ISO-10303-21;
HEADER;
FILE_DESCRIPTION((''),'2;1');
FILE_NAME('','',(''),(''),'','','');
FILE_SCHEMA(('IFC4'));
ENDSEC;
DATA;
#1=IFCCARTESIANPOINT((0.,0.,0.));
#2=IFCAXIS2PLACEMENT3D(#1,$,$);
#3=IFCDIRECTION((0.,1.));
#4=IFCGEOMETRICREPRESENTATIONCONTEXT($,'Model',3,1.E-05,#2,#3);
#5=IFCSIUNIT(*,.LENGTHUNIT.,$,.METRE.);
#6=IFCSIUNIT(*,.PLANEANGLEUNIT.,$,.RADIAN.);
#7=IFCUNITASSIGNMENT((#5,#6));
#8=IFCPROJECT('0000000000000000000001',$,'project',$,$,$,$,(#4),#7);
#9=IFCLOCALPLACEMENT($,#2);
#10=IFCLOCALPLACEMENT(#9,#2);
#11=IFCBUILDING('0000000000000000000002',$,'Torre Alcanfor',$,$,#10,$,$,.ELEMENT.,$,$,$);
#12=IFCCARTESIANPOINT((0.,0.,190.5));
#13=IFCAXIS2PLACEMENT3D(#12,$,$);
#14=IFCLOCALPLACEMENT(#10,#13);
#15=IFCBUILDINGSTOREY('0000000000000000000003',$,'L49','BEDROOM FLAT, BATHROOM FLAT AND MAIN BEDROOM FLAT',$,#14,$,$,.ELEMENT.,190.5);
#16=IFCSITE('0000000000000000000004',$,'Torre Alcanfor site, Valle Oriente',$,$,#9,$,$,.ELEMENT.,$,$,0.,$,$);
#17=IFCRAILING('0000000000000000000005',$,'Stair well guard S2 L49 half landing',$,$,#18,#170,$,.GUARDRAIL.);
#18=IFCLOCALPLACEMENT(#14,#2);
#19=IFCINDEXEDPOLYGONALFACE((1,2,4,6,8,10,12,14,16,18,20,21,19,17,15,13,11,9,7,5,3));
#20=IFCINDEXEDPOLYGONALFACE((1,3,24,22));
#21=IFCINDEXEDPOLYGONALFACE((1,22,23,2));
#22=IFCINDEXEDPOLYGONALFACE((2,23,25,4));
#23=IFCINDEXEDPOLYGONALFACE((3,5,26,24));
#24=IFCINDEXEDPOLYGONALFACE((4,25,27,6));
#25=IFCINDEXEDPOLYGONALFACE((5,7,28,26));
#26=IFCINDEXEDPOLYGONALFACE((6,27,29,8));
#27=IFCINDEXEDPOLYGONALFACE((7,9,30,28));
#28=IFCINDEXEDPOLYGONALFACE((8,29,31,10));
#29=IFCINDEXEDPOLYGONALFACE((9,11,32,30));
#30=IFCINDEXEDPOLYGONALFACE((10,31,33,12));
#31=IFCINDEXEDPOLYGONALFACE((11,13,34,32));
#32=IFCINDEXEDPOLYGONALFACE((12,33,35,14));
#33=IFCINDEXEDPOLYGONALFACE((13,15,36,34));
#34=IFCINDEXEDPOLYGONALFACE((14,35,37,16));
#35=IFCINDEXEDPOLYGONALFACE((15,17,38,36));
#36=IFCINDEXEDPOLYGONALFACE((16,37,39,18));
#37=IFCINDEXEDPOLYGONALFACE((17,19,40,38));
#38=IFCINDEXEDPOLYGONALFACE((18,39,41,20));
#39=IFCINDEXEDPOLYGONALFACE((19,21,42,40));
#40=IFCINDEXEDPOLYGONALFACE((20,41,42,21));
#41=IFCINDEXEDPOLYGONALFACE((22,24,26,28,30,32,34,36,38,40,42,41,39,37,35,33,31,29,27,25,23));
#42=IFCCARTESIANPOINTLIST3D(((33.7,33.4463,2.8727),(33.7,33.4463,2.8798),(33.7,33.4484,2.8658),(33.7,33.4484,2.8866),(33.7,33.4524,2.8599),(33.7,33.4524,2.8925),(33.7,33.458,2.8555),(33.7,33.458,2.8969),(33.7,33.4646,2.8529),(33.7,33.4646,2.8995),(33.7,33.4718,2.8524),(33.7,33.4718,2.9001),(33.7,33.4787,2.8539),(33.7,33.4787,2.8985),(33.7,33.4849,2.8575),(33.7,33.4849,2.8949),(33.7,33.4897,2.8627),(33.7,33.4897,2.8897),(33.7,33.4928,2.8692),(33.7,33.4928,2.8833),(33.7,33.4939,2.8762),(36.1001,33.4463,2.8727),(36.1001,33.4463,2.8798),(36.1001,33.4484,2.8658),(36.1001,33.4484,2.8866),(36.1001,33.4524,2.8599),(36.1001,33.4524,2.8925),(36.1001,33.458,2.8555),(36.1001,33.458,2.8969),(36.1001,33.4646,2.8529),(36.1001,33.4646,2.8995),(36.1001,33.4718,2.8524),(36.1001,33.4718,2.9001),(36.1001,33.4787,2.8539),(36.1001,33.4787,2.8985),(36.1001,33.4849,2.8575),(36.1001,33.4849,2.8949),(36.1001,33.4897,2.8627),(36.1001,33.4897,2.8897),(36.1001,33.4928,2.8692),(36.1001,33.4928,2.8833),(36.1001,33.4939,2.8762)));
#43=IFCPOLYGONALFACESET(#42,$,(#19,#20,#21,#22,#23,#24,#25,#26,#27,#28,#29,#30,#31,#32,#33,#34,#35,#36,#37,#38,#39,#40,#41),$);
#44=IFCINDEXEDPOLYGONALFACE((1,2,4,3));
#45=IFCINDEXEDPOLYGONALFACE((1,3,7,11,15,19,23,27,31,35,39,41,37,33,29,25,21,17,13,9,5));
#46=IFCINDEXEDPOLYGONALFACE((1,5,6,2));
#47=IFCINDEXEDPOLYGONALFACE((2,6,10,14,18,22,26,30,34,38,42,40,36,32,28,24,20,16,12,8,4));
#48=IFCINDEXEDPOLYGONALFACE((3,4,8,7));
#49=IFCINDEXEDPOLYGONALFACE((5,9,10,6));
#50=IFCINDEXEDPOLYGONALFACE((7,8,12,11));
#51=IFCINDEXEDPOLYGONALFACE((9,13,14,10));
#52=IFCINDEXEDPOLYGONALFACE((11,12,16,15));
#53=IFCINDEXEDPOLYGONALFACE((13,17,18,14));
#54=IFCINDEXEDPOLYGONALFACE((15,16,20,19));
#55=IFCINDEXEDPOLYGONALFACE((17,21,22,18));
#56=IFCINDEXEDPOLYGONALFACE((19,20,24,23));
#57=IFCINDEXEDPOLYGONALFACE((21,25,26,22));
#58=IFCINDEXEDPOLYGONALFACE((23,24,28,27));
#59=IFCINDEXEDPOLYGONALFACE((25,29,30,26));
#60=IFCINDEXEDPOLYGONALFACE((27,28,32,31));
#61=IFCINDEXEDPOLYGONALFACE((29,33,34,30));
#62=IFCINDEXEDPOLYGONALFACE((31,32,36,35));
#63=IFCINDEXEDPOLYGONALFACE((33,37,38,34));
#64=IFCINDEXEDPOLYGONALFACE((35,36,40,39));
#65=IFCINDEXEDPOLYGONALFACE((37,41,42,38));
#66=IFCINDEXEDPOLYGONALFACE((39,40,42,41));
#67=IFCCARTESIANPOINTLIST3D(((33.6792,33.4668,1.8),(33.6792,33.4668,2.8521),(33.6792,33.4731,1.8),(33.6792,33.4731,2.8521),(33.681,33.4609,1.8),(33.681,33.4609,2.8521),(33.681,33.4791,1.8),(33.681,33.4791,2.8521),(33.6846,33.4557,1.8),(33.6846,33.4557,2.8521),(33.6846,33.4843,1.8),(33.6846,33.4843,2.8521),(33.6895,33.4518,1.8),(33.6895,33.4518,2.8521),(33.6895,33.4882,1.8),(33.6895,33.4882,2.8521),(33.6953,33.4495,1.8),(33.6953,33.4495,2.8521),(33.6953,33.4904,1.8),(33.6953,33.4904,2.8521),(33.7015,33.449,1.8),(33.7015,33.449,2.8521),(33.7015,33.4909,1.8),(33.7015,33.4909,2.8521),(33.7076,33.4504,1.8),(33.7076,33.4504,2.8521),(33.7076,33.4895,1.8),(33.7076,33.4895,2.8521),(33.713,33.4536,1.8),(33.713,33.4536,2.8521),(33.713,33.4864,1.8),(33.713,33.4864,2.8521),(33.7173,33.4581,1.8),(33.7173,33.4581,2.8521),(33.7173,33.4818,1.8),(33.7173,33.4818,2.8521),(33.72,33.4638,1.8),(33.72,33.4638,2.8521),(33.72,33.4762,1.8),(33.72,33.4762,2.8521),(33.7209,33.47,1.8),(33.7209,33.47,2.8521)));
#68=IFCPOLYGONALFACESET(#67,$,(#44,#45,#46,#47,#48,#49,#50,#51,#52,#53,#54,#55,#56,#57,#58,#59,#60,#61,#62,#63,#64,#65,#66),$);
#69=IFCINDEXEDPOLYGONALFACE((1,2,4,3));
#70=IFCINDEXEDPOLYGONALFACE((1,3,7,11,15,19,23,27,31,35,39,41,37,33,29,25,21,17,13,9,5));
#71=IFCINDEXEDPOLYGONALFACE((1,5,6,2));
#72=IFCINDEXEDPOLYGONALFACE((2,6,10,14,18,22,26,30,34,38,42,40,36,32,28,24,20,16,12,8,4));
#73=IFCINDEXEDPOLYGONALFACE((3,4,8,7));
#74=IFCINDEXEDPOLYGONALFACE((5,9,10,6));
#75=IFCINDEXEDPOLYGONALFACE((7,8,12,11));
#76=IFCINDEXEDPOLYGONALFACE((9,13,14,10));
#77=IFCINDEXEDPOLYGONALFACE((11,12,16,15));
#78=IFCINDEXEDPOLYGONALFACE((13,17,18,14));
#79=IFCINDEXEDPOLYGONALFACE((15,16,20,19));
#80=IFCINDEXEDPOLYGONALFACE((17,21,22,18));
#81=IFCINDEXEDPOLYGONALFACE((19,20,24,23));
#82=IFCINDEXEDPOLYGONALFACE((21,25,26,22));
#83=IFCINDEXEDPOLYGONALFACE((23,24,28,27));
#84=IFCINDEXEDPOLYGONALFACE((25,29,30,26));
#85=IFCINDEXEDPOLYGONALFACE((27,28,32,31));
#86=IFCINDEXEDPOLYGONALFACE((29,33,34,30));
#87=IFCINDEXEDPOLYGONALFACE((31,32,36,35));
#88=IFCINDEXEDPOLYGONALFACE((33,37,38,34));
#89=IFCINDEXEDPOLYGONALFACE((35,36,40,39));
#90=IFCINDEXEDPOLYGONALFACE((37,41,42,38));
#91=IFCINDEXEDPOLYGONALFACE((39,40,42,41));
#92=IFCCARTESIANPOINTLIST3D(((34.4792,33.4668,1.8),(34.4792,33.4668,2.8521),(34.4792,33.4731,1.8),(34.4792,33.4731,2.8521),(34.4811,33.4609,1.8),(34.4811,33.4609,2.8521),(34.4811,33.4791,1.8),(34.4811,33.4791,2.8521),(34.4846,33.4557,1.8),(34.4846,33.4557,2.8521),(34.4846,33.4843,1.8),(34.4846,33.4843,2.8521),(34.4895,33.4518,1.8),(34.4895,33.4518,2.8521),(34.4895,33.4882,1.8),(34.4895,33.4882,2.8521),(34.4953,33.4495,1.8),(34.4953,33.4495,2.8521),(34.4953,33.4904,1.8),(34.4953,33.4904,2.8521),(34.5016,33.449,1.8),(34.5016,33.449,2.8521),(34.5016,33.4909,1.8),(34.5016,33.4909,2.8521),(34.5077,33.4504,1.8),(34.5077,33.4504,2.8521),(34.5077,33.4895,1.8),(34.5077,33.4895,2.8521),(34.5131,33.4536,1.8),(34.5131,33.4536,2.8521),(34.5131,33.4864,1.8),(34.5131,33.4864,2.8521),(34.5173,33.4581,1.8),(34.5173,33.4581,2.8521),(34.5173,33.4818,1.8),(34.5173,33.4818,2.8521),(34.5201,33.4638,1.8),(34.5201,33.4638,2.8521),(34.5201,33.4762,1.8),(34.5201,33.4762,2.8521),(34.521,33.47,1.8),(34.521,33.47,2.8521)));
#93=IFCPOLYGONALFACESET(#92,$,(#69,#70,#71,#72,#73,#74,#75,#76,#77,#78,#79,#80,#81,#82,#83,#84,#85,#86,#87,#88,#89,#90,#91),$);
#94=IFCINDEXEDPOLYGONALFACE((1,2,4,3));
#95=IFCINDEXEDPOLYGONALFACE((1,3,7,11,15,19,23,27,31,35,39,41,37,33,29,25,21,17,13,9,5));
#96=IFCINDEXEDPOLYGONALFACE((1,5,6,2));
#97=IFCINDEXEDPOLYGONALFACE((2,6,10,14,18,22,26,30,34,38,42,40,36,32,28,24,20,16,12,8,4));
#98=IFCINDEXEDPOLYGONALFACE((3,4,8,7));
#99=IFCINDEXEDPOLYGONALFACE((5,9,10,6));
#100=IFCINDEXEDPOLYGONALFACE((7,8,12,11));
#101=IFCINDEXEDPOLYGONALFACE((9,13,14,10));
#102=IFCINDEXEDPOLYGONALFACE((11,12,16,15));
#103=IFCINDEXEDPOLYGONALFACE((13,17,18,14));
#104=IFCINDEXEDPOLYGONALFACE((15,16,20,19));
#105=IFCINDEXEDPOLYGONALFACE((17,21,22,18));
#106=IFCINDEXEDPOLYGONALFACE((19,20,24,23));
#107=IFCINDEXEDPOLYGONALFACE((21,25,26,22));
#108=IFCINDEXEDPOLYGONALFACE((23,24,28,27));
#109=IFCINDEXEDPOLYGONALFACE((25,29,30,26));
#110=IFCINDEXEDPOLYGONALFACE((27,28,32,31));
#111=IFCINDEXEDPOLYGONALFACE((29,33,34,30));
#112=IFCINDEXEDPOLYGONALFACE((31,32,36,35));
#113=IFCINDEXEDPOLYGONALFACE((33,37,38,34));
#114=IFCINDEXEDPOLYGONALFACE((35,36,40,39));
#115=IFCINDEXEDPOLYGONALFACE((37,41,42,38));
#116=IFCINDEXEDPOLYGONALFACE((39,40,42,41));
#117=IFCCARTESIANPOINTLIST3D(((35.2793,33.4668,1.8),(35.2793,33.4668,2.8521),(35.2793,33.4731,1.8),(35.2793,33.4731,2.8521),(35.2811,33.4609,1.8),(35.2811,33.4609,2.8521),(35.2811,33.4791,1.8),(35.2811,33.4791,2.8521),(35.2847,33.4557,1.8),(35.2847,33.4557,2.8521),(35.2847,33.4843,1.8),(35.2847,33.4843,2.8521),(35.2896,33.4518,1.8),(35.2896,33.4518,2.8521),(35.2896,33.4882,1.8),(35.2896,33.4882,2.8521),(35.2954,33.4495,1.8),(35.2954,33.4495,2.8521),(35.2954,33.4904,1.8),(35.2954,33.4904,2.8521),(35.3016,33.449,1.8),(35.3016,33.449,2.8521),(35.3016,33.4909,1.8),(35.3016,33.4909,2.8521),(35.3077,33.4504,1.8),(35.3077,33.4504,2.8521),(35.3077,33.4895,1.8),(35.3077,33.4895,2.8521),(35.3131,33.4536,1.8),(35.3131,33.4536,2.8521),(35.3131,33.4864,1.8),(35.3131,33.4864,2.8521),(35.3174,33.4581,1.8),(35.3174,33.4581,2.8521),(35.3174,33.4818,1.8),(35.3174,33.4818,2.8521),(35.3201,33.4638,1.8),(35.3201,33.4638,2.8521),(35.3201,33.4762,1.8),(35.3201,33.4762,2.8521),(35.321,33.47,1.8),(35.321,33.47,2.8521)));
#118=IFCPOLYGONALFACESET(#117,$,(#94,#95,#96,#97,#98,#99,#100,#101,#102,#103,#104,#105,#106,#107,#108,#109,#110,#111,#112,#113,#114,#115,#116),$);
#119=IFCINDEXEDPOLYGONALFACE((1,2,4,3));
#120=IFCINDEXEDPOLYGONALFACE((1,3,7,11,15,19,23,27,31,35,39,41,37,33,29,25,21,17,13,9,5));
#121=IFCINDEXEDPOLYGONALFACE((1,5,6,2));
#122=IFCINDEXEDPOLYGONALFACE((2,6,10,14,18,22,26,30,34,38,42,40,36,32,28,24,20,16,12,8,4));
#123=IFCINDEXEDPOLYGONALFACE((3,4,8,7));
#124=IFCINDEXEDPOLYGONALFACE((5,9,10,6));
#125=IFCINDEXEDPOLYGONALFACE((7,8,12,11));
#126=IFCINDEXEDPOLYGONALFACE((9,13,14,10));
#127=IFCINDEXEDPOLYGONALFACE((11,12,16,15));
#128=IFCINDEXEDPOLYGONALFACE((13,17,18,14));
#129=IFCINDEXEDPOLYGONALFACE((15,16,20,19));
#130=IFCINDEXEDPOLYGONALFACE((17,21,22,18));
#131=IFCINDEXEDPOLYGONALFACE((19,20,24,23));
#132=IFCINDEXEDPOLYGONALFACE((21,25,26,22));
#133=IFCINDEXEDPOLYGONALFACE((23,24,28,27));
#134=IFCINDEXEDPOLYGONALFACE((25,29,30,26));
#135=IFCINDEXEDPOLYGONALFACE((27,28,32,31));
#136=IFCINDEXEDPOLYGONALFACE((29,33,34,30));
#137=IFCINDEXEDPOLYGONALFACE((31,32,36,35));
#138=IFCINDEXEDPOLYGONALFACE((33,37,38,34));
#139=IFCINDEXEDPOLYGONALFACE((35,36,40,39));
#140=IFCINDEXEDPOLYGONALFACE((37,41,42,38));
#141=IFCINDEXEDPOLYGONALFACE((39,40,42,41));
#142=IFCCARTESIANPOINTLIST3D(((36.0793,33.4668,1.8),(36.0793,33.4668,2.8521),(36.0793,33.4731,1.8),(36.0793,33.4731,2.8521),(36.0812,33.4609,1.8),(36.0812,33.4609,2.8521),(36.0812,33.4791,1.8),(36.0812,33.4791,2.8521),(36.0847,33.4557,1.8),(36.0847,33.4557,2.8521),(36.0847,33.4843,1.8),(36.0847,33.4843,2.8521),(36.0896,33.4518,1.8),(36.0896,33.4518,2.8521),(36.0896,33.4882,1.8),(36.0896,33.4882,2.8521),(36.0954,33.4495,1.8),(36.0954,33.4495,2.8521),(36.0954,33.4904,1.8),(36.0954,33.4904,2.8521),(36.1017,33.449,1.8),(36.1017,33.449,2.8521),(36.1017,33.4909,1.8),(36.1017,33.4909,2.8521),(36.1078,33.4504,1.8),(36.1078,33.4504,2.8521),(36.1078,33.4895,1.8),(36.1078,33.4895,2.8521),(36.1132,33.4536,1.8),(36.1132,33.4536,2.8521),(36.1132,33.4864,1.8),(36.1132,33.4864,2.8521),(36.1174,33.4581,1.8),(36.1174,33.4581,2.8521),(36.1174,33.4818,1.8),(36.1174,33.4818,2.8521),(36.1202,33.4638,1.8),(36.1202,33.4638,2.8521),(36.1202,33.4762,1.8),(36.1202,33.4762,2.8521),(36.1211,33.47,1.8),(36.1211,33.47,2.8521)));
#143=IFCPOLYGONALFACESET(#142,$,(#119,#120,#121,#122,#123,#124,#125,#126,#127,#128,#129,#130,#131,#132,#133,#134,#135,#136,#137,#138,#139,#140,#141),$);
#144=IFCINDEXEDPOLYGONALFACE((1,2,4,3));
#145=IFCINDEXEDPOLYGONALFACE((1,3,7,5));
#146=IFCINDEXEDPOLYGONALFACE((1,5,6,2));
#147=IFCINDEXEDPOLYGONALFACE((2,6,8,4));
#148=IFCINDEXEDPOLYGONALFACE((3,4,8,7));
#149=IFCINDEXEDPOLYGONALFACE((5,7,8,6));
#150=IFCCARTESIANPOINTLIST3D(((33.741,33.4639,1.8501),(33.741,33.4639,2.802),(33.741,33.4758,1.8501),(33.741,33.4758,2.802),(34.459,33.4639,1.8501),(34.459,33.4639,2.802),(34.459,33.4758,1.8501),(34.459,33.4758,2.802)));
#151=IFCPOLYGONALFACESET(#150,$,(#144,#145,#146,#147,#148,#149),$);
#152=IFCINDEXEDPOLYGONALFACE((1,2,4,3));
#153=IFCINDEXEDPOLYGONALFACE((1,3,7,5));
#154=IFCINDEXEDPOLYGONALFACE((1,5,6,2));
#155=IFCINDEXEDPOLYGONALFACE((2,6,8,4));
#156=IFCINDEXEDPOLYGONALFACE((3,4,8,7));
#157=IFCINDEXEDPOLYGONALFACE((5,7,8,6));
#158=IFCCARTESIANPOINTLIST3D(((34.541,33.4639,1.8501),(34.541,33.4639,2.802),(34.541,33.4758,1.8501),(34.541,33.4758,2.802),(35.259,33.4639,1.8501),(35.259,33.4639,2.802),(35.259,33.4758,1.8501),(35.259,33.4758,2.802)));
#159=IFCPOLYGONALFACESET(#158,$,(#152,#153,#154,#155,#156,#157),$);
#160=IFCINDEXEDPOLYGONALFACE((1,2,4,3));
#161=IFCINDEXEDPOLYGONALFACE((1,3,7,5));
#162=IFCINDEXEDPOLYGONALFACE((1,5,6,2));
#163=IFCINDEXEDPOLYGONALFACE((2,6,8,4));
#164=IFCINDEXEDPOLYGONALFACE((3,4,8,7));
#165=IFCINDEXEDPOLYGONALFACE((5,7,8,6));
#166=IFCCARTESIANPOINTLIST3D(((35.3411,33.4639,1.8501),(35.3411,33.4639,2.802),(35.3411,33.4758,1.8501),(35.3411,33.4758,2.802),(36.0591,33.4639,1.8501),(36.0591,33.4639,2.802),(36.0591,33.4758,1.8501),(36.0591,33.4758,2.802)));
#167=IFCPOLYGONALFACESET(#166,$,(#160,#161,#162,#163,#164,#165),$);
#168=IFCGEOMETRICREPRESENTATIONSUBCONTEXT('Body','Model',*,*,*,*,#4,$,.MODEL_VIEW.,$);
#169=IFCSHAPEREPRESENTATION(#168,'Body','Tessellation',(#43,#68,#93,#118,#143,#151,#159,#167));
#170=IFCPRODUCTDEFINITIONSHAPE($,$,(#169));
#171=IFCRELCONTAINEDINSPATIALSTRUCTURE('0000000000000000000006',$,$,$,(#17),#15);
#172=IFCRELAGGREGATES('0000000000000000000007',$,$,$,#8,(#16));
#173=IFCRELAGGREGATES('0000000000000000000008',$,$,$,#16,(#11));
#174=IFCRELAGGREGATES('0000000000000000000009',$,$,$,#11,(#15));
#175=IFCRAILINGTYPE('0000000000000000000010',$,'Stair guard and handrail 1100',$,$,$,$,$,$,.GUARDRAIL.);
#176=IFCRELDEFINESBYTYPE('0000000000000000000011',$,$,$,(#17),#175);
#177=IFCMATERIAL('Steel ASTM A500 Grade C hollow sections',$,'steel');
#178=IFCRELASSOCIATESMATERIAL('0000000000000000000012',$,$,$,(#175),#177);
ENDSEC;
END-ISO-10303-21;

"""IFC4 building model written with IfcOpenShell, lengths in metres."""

from ifc_helpers import new_model, si_unit, direction, frame, origin, origin_2d, place, context, subcontext, project, spatial, polyline, circle, outline, extrude, material, type_object, element, save


model = new_model("IFC4")

# Units and contexts
model_context = context("Model", 3, precision=1e-05, world=origin(), true_north=direction((0.0, 1.0)))
body_context = subcontext(model_context, "Body", "Model", "MODEL_VIEW")
ifc_project = project(units=[si_unit("LENGTHUNIT", "METRE"), si_unit("PLANEANGLEUNIT", "RADIAN")], contexts=[model_context])

# Site, building, storey
site_placement = place(None, origin())
site = spatial("IfcSite", under=ifc_project, at=site_placement, Name="Torre Alcanfor site, Valle Oriente", CompositionType="ELEMENT", RefElevation=0.0)
building_placement = place(site_placement, origin())
building = spatial("IfcBuilding", under=site, at=building_placement, Name="Torre Alcanfor", CompositionType="ELEMENT")
storey_placement = place(building_placement, frame((0.0, 0.0, 190.5)))
storey = spatial("IfcBuildingStorey", under=building, at=storey_placement, Name="L49", Description="BEDROOM FLAT, BATHROOM FLAT AND MAIN BEDROOM FLAT", CompositionType="ELEMENT", Elevation=190.5)

# Railing
ifc_material_1 = material(Name="Steel ASTM A500 Grade C hollow sections", Category="steel")
railing_type_1 = type_object("IfcRailingType", Name="Stair guard and handrail 1100", PredefinedType="GUARDRAIL", material=ifc_material_1)
for number, where, name in (
    (1, (33.7, 33.47, 1.8), "Stair well guard S2 L49 half landing"),
):
    element("IfcRailing", number, at=place(storey_placement, frame(where)), inside=storey, type_object=railing_type_1, Name=name, PredefinedType="GUARDRAIL", context=body_context, shape_type="SweptSolid", body=[
        extrude(circle(Radius=0.0239, at=origin_2d()), frame((0.0, 0.0, 1.0762), z_axis=(1.0, 0.0, 0.0), x_axis=(0.0, 1.0, 0.0)), (0.0, 0.0, 1.0), 2.4001),
        extrude(circle(Radius=0.021, at=origin_2d()), origin(), (0.0, 0.0, 1.0), 1.052),
        extrude(circle(Radius=0.021, at=origin_2d()), frame((0.8, 0.0, 0.0)), (0.0, 0.0, 1.0), 1.052),
        extrude(circle(Radius=0.021, at=origin_2d()), frame((1.6001, 0.0, 0.0)), (0.0, 0.0, 1.0), 1.052),
        extrude(circle(Radius=0.021, at=origin_2d()), frame((2.4001, 0.0, 0.0)), (0.0, 0.0, 1.0), 1.052),
        extrude(outline(polyline([(0.041, 0.05), (0.759, 0.05), (0.759, 1.002), (0.041, 1.002), (0.041, 0.05)])), frame((0.0, 0.0059, 0.0), z_axis=(0.0, -1.0, 0.0), x_axis=(1.0, 0.0, 0.0)), (0.0, 0.0, 1.0), 0.012),
        extrude(outline(polyline([(0.8411, 0.05), (1.5591, 0.05), (1.5591, 1.002), (0.8411, 1.002), (0.8411, 0.05)])), frame((0.0, 0.0059, 0.0), z_axis=(0.0, -1.0, 0.0), x_axis=(1.0, 0.0, 0.0)), (0.0, 0.0, 1.0), 0.012),
        extrude(outline(polyline([(1.6411, 0.05), (2.3591, 0.05), (2.3591, 1.002), (1.6411, 1.002), (1.6411, 0.05)])), frame((0.0, 0.0059, 0.0), z_axis=(0.0, -1.0, 0.0), x_axis=(1.0, 0.0, 0.0)), (0.0, 0.0, 1.0), 0.012),
    ])

save(model, "model.ifc")
